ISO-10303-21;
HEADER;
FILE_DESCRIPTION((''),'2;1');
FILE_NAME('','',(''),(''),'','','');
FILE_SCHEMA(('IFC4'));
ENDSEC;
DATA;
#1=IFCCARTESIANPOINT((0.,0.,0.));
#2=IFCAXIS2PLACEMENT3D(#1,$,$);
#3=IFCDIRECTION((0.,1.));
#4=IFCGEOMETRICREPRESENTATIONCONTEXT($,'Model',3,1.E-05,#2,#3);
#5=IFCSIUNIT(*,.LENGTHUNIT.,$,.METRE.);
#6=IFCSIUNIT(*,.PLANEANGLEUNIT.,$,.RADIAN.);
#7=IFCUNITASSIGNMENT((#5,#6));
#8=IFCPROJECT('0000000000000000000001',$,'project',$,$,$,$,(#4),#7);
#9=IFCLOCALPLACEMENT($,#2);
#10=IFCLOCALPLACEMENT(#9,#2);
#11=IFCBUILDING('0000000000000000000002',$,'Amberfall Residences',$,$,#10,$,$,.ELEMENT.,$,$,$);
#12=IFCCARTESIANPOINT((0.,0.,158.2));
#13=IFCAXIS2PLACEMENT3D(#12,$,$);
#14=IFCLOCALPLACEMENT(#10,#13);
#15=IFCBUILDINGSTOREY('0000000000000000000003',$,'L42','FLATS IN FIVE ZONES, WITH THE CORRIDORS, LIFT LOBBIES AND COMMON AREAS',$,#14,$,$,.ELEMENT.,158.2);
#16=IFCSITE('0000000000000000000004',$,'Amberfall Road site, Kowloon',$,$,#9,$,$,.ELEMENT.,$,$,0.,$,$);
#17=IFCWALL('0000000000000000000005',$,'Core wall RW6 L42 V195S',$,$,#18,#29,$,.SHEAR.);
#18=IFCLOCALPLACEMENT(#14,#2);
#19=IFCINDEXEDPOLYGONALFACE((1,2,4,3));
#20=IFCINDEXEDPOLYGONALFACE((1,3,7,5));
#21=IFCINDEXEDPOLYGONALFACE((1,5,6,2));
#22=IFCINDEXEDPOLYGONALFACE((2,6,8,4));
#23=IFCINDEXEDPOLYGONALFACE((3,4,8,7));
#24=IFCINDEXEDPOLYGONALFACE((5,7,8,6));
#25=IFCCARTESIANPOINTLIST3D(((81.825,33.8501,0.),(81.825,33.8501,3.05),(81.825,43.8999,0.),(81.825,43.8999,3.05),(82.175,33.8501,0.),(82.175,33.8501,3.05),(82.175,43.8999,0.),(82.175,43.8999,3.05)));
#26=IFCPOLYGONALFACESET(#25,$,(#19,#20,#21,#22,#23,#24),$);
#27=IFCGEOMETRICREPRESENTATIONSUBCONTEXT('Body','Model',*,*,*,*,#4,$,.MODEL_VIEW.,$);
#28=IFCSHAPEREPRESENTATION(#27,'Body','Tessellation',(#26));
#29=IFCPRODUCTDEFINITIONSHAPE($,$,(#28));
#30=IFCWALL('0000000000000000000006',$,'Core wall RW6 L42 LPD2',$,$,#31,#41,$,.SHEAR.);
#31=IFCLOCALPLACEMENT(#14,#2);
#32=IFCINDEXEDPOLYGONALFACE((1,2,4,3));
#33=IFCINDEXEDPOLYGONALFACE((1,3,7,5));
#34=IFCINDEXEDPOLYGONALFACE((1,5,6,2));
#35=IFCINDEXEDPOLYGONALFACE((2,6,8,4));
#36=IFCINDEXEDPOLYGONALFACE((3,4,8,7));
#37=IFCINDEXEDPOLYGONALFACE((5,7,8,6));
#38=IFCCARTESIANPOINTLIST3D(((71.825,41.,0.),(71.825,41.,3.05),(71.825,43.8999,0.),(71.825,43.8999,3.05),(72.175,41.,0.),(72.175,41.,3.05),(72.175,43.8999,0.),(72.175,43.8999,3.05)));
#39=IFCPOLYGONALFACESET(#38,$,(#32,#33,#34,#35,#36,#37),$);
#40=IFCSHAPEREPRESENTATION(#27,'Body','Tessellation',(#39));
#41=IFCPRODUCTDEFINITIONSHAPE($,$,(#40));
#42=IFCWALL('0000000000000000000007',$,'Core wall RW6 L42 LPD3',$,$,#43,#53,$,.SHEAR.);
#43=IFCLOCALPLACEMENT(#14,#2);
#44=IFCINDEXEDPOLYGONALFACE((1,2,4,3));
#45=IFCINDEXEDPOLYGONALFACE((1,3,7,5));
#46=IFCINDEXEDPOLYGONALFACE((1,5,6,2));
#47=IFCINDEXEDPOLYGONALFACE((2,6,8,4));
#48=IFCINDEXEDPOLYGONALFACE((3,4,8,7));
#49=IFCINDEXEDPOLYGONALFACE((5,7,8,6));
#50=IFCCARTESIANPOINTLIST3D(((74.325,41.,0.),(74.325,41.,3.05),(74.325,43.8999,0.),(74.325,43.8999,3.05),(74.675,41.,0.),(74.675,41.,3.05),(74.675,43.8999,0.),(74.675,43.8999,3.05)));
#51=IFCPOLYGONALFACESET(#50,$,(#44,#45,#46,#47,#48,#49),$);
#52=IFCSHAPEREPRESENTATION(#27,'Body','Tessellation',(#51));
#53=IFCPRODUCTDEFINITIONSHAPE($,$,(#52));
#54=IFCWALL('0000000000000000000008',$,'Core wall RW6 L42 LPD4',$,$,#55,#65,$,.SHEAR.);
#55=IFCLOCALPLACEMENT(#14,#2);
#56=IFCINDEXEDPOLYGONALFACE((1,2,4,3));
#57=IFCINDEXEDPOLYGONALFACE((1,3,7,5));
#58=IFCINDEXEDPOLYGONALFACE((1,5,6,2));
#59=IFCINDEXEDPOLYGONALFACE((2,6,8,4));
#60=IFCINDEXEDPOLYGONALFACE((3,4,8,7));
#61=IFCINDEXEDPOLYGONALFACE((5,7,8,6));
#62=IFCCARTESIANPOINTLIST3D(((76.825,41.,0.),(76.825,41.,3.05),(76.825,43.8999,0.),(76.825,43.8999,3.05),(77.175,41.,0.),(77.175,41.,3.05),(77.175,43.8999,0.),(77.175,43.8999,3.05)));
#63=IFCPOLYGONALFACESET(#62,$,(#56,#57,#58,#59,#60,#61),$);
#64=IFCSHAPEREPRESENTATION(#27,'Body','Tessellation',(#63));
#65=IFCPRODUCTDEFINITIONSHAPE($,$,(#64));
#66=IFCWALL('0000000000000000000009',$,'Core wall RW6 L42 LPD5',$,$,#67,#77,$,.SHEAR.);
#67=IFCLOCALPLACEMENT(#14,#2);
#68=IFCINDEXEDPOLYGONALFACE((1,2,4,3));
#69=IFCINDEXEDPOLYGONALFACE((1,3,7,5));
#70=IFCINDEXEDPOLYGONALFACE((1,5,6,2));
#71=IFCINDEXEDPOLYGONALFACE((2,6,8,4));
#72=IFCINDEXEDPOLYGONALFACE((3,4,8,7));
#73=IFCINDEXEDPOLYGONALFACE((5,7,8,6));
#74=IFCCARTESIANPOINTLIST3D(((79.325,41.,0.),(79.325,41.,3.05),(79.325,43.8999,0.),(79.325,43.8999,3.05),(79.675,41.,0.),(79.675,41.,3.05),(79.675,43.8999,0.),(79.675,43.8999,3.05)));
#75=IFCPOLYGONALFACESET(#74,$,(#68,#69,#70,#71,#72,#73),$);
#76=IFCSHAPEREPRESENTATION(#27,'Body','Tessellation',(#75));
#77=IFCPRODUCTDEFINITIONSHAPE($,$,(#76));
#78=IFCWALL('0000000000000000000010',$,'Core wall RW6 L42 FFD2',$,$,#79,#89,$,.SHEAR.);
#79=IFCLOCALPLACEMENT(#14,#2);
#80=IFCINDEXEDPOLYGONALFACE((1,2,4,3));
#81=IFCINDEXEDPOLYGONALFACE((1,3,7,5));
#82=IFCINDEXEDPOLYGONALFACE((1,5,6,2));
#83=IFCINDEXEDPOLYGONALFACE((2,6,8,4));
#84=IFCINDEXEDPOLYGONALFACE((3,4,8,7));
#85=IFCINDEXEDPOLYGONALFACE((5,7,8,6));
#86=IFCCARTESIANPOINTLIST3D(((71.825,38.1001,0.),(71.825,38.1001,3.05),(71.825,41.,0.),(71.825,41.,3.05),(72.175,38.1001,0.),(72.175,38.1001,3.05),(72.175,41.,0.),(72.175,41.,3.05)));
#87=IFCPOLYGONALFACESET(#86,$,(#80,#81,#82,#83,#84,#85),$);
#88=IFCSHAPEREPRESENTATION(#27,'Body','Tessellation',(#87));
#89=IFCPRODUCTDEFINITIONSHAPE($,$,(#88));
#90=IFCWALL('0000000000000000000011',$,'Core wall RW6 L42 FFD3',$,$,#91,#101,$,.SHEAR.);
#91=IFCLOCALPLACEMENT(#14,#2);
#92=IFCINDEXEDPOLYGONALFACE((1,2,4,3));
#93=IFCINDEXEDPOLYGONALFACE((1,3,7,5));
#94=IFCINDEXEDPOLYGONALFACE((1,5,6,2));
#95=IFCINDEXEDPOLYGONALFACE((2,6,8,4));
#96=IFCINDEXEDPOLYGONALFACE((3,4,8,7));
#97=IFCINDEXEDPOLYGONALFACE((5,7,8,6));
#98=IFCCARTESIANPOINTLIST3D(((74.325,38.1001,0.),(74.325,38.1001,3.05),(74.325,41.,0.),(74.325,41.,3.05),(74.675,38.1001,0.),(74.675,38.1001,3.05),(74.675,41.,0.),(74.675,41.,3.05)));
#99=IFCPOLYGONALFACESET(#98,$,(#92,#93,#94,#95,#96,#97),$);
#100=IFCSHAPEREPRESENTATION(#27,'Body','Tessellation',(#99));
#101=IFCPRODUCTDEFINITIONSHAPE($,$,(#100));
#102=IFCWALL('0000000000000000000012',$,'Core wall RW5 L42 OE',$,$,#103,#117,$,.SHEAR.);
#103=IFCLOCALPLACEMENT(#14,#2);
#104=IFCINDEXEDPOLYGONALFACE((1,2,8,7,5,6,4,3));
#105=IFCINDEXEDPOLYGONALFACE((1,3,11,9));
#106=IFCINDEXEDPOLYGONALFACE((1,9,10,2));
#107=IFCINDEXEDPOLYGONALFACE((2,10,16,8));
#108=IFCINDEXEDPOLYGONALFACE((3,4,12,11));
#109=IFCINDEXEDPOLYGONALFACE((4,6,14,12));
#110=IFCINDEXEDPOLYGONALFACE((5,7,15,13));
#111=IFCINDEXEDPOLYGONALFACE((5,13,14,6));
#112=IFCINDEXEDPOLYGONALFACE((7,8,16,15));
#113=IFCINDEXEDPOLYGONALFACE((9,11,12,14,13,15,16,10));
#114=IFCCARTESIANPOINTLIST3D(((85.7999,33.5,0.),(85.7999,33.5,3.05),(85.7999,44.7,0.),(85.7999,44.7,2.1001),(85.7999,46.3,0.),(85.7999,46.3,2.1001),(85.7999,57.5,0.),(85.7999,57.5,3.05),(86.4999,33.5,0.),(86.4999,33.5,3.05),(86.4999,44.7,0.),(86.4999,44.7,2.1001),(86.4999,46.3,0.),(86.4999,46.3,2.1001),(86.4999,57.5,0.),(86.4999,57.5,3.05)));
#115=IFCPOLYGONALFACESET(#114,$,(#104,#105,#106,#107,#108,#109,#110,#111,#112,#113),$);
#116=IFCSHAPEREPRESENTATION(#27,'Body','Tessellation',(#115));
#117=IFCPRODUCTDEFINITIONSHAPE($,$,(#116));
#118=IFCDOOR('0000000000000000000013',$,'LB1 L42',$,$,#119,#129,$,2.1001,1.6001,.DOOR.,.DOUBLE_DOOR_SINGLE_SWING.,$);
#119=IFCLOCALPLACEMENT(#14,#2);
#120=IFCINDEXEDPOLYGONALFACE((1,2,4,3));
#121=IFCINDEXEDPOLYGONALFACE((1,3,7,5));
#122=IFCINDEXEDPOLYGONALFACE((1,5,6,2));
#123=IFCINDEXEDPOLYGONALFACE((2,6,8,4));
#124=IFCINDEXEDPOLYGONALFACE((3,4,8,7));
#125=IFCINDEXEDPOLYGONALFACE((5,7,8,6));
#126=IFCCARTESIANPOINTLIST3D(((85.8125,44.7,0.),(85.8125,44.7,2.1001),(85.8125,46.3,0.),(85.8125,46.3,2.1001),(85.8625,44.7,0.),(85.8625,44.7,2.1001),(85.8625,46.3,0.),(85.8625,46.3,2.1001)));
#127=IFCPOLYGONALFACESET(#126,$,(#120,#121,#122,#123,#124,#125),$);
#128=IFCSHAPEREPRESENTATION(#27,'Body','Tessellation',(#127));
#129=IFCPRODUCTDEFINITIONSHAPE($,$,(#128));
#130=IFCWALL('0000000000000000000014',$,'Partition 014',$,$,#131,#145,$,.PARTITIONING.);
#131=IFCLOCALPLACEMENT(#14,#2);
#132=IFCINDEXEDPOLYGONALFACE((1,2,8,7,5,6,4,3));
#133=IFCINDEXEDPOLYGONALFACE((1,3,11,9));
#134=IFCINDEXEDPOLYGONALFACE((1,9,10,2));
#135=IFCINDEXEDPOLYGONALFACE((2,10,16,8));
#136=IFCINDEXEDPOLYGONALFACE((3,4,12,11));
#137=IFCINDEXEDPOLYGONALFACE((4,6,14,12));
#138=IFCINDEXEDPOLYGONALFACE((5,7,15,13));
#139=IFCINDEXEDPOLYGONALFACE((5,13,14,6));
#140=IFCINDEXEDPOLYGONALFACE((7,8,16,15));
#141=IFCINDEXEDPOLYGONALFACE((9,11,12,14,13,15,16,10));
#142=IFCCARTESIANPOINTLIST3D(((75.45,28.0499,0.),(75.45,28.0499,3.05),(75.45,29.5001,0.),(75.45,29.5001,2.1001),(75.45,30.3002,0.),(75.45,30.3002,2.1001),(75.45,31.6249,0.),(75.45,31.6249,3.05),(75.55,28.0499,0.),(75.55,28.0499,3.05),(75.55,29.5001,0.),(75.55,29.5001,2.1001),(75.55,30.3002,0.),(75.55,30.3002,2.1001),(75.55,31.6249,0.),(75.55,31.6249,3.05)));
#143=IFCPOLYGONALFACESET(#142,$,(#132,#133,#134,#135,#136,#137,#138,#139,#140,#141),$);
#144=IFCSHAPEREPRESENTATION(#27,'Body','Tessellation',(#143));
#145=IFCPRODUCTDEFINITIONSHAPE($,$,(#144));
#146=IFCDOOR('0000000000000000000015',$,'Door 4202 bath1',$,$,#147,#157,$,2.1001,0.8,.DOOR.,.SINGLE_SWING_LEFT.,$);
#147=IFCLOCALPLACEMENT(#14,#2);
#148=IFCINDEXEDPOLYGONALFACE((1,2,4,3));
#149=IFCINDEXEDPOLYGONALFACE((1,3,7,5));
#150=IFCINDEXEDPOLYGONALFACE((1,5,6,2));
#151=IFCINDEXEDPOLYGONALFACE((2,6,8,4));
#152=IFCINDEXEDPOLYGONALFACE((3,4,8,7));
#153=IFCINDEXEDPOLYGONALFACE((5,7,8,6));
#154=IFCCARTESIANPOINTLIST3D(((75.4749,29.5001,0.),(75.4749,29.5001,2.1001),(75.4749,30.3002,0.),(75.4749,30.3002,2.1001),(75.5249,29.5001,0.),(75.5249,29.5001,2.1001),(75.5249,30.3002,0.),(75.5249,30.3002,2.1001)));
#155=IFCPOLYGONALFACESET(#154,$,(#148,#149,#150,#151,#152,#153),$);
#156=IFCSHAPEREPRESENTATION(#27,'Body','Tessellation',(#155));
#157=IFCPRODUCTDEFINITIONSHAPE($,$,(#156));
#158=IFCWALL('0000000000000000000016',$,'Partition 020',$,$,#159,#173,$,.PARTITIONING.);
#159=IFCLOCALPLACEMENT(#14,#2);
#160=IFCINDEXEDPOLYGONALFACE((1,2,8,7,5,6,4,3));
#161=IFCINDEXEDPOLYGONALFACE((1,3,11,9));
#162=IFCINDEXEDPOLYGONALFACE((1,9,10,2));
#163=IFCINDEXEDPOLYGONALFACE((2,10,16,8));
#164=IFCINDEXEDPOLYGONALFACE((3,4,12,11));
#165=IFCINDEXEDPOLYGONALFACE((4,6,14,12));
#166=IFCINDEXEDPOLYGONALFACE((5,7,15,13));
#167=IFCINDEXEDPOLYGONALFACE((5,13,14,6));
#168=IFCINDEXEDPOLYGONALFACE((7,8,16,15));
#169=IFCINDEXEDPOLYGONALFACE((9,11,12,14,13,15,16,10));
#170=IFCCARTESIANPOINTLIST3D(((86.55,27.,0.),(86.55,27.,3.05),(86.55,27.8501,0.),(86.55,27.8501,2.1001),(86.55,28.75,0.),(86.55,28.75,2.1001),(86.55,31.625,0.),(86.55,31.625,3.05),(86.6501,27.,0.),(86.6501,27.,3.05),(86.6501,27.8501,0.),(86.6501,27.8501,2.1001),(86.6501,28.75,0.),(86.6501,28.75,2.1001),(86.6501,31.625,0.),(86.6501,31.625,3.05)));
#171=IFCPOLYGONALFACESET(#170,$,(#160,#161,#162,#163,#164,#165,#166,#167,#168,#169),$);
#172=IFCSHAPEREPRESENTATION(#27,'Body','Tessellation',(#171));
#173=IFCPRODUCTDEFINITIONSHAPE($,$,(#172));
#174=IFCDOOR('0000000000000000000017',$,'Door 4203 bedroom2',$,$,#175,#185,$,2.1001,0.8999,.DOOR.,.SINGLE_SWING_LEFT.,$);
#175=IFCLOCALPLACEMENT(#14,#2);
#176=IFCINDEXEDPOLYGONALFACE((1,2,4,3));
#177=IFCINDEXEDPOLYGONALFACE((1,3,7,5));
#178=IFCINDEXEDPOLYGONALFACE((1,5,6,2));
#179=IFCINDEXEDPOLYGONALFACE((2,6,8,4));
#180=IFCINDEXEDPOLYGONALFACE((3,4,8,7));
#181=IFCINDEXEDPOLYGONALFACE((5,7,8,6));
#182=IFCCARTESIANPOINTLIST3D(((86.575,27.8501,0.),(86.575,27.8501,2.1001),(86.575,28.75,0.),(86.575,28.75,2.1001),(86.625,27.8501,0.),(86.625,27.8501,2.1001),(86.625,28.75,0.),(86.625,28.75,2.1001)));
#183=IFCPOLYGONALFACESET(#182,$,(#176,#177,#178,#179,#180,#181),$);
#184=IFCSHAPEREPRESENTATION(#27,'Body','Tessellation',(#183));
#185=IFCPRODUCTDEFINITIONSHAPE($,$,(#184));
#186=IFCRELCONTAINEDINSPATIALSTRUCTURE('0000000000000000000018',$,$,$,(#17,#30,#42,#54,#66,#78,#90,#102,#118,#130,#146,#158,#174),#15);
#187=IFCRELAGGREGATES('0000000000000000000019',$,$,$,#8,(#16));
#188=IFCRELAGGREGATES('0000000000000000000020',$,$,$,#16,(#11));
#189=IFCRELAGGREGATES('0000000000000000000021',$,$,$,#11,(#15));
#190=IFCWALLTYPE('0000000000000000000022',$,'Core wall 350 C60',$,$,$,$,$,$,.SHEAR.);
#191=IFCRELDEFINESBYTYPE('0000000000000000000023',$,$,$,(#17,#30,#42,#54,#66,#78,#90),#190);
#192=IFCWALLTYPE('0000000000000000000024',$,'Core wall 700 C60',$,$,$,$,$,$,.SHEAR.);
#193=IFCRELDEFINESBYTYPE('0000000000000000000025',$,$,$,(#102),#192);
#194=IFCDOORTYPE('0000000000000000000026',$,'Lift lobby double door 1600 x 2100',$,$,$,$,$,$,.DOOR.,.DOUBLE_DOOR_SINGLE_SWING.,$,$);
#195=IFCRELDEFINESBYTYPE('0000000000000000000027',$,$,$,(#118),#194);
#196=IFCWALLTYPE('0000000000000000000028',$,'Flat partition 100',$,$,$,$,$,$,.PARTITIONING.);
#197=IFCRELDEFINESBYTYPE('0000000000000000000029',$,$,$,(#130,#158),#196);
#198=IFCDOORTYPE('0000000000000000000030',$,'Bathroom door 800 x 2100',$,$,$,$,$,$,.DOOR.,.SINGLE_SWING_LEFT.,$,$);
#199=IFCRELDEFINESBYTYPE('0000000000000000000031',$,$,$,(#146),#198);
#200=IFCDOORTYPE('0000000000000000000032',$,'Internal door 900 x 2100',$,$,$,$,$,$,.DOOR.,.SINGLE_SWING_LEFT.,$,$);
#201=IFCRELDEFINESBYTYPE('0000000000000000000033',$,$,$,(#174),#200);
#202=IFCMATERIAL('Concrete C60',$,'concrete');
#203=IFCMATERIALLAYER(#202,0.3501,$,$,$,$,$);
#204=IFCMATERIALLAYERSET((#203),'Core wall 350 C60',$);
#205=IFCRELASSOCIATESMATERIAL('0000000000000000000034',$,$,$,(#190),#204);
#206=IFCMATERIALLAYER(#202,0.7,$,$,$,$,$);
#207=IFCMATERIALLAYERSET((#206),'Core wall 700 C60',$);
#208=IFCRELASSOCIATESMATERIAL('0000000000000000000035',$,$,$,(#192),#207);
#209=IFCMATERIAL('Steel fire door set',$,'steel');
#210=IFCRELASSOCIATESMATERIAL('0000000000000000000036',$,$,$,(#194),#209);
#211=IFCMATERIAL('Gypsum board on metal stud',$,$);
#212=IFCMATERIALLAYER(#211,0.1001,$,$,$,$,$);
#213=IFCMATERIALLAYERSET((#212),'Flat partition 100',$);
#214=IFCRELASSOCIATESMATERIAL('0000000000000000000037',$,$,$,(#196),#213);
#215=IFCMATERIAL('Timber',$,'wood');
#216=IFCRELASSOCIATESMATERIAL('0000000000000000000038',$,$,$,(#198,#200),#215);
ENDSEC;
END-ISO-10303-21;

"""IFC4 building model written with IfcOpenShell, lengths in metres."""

from ifc_helpers import new_model, si_unit, direction, frame, frame_2d, origin, place, context, subcontext, project, spatial, rectangle, extrude, material, layer, layer_set, type_object, element, fill, save


model = new_model("IFC4")

# Units and contexts
model_context = context("Model", 3, precision=1e-05, world=origin(), true_north=direction((0.0, 1.0)))
body_context = subcontext(model_context, "Body", "Model", "MODEL_VIEW")
ifc_project = project(units=[si_unit("LENGTHUNIT", "METRE"), si_unit("PLANEANGLEUNIT", "RADIAN")], contexts=[model_context])

# Site, building, storey
site_placement = place(None, origin())
site = spatial("IfcSite", under=ifc_project, at=site_placement, Name="Amberfall Road site, Kowloon", CompositionType="ELEMENT", RefElevation=0.0)
building_placement = place(site_placement, origin())
building = spatial("IfcBuilding", under=site, at=building_placement, Name="Amberfall Residences", CompositionType="ELEMENT")
storey_placement = place(building_placement, frame((0.0, 0.0, 158.2)))
storey = spatial("IfcBuildingStorey", under=building, at=storey_placement, Name="L42", Description="FLATS IN FIVE ZONES, WITH THE CORRIDORS, LIFT LOBBIES AND COMMON AREAS", CompositionType="ELEMENT", Elevation=158.2)

# Walls
ifc_material_1 = material(Name="Concrete C60", Category="concrete")
ifc_layer_1 = layer(ifc_material_1, 0.3501)
ifc_layer_set_1 = layer_set([ifc_layer_1], Name="Core wall 350 C60")
wall_type_1 = type_object("IfcWallType", Name="Core wall 350 C60", PredefinedType="SHEAR", material=ifc_layer_set_1)
wall_1_placement = place(storey_placement, frame((82.0, 33.8501, 0.0), z_axis=(0.0, 0.0, 1.0), x_axis=(0.0, 1.0, 0.0)))
element("IfcWall", 1, at=wall_1_placement, inside=storey, type_object=wall_type_1, Name="Core wall RW6 L42 V195S", PredefinedType="SHEAR", context=body_context, shape_type="SweptSolid", body=[
    extrude(rectangle(XDim=10.0498, YDim=0.3501, at=frame_2d((5.0249, 0.0))), origin(), (0.0, 0.0, 1.0), 3.05),
])
for number, where, z_axis, x_axis, name in (
    (2, (72.0, 41.0, 0.0), (0.0, 0.0, 1.0), (0.0, 1.0, 0.0), "Core wall RW6 L42 LPD2"),
    (3, (74.5, 41.0, 0.0), (0.0, 0.0, 1.0), (0.0, 1.0, 0.0), "Core wall RW6 L42 LPD3"),
    (4, (77.0, 41.0, 0.0), (0.0, 0.0, 1.0), (0.0, 1.0, 0.0), "Core wall RW6 L42 LPD4"),
    (5, (79.5, 41.0, 0.0), (0.0, 0.0, 1.0), (0.0, 1.0, 0.0), "Core wall RW6 L42 LPD5"),
    (6, (72.0, 38.1001, 0.0), (0.0, 0.0, 1.0), (0.0, 1.0, 0.0), "Core wall RW6 L42 FFD2"),
    (7, (74.5, 38.1001, 0.0), (0.0, 0.0, 1.0), (0.0, 1.0, 0.0), "Core wall RW6 L42 FFD3"),
):
    element("IfcWall", number, at=place(storey_placement, frame(where, z_axis=z_axis, x_axis=x_axis)), inside=storey, type_object=wall_type_1, Name=name, PredefinedType="SHEAR", context=body_context, shape_type="SweptSolid", body=[
        extrude(rectangle(XDim=2.8999, YDim=0.3501, at=frame_2d((1.45, 0.0))), origin(), (0.0, 0.0, 1.0), 3.05),
    ])

# Walls, openings, doors
ifc_layer_2 = layer(ifc_material_1, 0.7)
ifc_layer_set_2 = layer_set([ifc_layer_2], Name="Core wall 700 C60")
wall_type_2 = type_object("IfcWallType", Name="Core wall 700 C60", PredefinedType="SHEAR", material=ifc_layer_set_2)
wall_2_placement = place(storey_placement, frame((86.1499, 33.5, 0.0), z_axis=(0.0, 0.0, 1.0), x_axis=(0.0, 1.0, 0.0)))
wall_2 = element("IfcWall", 8, at=wall_2_placement, inside=storey, type_object=wall_type_2, Name="Core wall RW5 L42 OE", PredefinedType="SHEAR", context=body_context, shape_type="SweptSolid", body=[
    extrude(rectangle(XDim=24.0, YDim=0.7, at=frame_2d((12.0, 0.0))), origin(), (0.0, 0.0, 1.0), 3.05),
])
opening_1_placement = place(wall_2_placement, frame((11.2, 0.0, 0.0)))
opening_1 = element("IfcOpeningElement", 9, at=opening_1_placement, cuts=wall_2, PredefinedType="OPENING", context=body_context, shape_type="SweptSolid", body=[
    extrude(rectangle(XDim=1.6001, YDim=2.1001, at=frame_2d((0.8, 1.05))), frame((0.0, 0.3599, 0.0), z_axis=(0.0, -1.0, 0.0), x_axis=(1.0, 0.0, 0.0)), (0.0, 0.0, 1.0), 0.72),
])
ifc_material_2 = material(Name="Steel fire door set", Category="steel")
door_type_1 = type_object("IfcDoorType", Name="Lift lobby double door 1600 x 2100", OperationType="DOUBLE_DOOR_SINGLE_SWING", PredefinedType="DOOR", material=ifc_material_2)
door_1_placement = place(opening_1_placement, origin())
door_1 = element("IfcDoor", 10, at=door_1_placement, inside=storey, type_object=door_type_1, Name="LB1 L42", OperationType="DOUBLE_DOOR_SINGLE_SWING", OverallHeight=2.1001, OverallWidth=1.6001, PredefinedType="DOOR", context=body_context, shape_type="SweptSolid", body=[
    extrude(rectangle(XDim=1.6001, YDim=2.1001, at=frame_2d((0.8, 1.05))), frame((0.0, 0.3374, 0.0), z_axis=(0.0, -1.0, 0.0), x_axis=(1.0, 0.0, 0.0)), (0.0, 0.0, 1.0), 0.05),
])
fill(opening_1, door_1)
ifc_material_3 = material(Name="Gypsum board on metal stud")
ifc_layer_3 = layer(ifc_material_3, 0.1001)
ifc_layer_set_3 = layer_set([ifc_layer_3], Name="Flat partition 100")
wall_type_3 = type_object("IfcWallType", Name="Flat partition 100", PredefinedType="PARTITIONING", material=ifc_layer_set_3)
wall_3_placement = place(storey_placement, frame((75.5, 31.625, 0.0), z_axis=(0.0, 0.0, 1.0), x_axis=(0.0, -1.0, 0.0)))
wall_3 = element("IfcWall", 11, at=wall_3_placement, inside=storey, type_object=wall_type_3, Name="Partition 014", PredefinedType="PARTITIONING", context=body_context, shape_type="SweptSolid", body=[
    extrude(rectangle(XDim=3.575, YDim=0.1001, at=frame_2d((1.7876, 0.0))), origin(), (0.0, 0.0, 1.0), 3.05),
])
opening_2_placement = place(wall_3_placement, frame((1.325, 0.0, 0.0)))
opening_2 = element("IfcOpeningElement", 12, at=opening_2_placement, cuts=wall_3, PredefinedType="OPENING", context=body_context, shape_type="SweptSolid", body=[
    extrude(rectangle(XDim=0.8, YDim=2.1001, at=frame_2d((0.3999, 1.05))), frame((0.0, 0.0601, 0.0), z_axis=(0.0, -1.0, 0.0), x_axis=(1.0, 0.0, 0.0)), (0.0, 0.0, 1.0), 0.1201),
])
ifc_material_4 = material(Name="Timber", Category="wood")
door_type_2 = type_object("IfcDoorType", Name="Bathroom door 800 x 2100", OperationType="SINGLE_SWING_LEFT", PredefinedType="DOOR", material=ifc_material_4)
door_2_placement = place(opening_2_placement, origin())
door_2 = element("IfcDoor", 13, at=door_2_placement, inside=storey, type_object=door_type_2, Name="Door 4202 bath1", OperationType="SINGLE_SWING_LEFT", OverallHeight=2.1001, OverallWidth=0.8, PredefinedType="DOOR", context=body_context, shape_type="SweptSolid", body=[
    extrude(rectangle(XDim=0.8, YDim=2.1001, at=frame_2d((0.3999, 1.05))), frame((0.0, 0.0249, 0.0), z_axis=(0.0, -1.0, 0.0), x_axis=(1.0, 0.0, 0.0)), (0.0, 0.0, 1.0), 0.05),
])
fill(opening_2, door_2)
wall_4_placement = place(storey_placement, frame((86.6001, 31.625, 0.0), z_axis=(0.0, 0.0, 1.0), x_axis=(0.0, -1.0, 0.0)))
wall_4 = element("IfcWall", 14, at=wall_4_placement, inside=storey, type_object=wall_type_3, Name="Partition 020", PredefinedType="PARTITIONING", context=body_context, shape_type="SweptSolid", body=[
    extrude(rectangle(XDim=4.625, YDim=0.1001, at=frame_2d((2.3125, 0.0))), origin(), (0.0, 0.0, 1.0), 3.05),
])
opening_3_placement = place(wall_4_placement, frame((2.875, 0.0, 0.0)))
opening_3 = element("IfcOpeningElement", 15, at=opening_3_placement, cuts=wall_4, PredefinedType="OPENING", context=body_context, shape_type="SweptSolid", body=[
    extrude(rectangle(XDim=0.8999, YDim=2.1001, at=frame_2d((0.45, 1.05))), frame((0.0, 0.0601, 0.0), z_axis=(0.0, -1.0, 0.0), x_axis=(1.0, 0.0, 0.0)), (0.0, 0.0, 1.0), 0.1201),
])
door_type_3 = type_object("IfcDoorType", Name="Internal door 900 x 2100", OperationType="SINGLE_SWING_LEFT", PredefinedType="DOOR", material=ifc_material_4)
door_3_placement = place(opening_3_placement, origin())
door_3 = element("IfcDoor", 16, at=door_3_placement, inside=storey, type_object=door_type_3, Name="Door 4203 bedroom2", OperationType="SINGLE_SWING_LEFT", OverallHeight=2.1001, OverallWidth=0.8999, PredefinedType="DOOR", context=body_context, shape_type="SweptSolid", body=[
    extrude(rectangle(XDim=0.8999, YDim=2.1001, at=frame_2d((0.45, 1.05))), frame((0.0, 0.0249, 0.0), z_axis=(0.0, -1.0, 0.0), x_axis=(1.0, 0.0, 0.0)), (0.0, 0.0, 1.0), 0.05),
])
fill(opening_3, door_3)

save(model, "model.ifc")
